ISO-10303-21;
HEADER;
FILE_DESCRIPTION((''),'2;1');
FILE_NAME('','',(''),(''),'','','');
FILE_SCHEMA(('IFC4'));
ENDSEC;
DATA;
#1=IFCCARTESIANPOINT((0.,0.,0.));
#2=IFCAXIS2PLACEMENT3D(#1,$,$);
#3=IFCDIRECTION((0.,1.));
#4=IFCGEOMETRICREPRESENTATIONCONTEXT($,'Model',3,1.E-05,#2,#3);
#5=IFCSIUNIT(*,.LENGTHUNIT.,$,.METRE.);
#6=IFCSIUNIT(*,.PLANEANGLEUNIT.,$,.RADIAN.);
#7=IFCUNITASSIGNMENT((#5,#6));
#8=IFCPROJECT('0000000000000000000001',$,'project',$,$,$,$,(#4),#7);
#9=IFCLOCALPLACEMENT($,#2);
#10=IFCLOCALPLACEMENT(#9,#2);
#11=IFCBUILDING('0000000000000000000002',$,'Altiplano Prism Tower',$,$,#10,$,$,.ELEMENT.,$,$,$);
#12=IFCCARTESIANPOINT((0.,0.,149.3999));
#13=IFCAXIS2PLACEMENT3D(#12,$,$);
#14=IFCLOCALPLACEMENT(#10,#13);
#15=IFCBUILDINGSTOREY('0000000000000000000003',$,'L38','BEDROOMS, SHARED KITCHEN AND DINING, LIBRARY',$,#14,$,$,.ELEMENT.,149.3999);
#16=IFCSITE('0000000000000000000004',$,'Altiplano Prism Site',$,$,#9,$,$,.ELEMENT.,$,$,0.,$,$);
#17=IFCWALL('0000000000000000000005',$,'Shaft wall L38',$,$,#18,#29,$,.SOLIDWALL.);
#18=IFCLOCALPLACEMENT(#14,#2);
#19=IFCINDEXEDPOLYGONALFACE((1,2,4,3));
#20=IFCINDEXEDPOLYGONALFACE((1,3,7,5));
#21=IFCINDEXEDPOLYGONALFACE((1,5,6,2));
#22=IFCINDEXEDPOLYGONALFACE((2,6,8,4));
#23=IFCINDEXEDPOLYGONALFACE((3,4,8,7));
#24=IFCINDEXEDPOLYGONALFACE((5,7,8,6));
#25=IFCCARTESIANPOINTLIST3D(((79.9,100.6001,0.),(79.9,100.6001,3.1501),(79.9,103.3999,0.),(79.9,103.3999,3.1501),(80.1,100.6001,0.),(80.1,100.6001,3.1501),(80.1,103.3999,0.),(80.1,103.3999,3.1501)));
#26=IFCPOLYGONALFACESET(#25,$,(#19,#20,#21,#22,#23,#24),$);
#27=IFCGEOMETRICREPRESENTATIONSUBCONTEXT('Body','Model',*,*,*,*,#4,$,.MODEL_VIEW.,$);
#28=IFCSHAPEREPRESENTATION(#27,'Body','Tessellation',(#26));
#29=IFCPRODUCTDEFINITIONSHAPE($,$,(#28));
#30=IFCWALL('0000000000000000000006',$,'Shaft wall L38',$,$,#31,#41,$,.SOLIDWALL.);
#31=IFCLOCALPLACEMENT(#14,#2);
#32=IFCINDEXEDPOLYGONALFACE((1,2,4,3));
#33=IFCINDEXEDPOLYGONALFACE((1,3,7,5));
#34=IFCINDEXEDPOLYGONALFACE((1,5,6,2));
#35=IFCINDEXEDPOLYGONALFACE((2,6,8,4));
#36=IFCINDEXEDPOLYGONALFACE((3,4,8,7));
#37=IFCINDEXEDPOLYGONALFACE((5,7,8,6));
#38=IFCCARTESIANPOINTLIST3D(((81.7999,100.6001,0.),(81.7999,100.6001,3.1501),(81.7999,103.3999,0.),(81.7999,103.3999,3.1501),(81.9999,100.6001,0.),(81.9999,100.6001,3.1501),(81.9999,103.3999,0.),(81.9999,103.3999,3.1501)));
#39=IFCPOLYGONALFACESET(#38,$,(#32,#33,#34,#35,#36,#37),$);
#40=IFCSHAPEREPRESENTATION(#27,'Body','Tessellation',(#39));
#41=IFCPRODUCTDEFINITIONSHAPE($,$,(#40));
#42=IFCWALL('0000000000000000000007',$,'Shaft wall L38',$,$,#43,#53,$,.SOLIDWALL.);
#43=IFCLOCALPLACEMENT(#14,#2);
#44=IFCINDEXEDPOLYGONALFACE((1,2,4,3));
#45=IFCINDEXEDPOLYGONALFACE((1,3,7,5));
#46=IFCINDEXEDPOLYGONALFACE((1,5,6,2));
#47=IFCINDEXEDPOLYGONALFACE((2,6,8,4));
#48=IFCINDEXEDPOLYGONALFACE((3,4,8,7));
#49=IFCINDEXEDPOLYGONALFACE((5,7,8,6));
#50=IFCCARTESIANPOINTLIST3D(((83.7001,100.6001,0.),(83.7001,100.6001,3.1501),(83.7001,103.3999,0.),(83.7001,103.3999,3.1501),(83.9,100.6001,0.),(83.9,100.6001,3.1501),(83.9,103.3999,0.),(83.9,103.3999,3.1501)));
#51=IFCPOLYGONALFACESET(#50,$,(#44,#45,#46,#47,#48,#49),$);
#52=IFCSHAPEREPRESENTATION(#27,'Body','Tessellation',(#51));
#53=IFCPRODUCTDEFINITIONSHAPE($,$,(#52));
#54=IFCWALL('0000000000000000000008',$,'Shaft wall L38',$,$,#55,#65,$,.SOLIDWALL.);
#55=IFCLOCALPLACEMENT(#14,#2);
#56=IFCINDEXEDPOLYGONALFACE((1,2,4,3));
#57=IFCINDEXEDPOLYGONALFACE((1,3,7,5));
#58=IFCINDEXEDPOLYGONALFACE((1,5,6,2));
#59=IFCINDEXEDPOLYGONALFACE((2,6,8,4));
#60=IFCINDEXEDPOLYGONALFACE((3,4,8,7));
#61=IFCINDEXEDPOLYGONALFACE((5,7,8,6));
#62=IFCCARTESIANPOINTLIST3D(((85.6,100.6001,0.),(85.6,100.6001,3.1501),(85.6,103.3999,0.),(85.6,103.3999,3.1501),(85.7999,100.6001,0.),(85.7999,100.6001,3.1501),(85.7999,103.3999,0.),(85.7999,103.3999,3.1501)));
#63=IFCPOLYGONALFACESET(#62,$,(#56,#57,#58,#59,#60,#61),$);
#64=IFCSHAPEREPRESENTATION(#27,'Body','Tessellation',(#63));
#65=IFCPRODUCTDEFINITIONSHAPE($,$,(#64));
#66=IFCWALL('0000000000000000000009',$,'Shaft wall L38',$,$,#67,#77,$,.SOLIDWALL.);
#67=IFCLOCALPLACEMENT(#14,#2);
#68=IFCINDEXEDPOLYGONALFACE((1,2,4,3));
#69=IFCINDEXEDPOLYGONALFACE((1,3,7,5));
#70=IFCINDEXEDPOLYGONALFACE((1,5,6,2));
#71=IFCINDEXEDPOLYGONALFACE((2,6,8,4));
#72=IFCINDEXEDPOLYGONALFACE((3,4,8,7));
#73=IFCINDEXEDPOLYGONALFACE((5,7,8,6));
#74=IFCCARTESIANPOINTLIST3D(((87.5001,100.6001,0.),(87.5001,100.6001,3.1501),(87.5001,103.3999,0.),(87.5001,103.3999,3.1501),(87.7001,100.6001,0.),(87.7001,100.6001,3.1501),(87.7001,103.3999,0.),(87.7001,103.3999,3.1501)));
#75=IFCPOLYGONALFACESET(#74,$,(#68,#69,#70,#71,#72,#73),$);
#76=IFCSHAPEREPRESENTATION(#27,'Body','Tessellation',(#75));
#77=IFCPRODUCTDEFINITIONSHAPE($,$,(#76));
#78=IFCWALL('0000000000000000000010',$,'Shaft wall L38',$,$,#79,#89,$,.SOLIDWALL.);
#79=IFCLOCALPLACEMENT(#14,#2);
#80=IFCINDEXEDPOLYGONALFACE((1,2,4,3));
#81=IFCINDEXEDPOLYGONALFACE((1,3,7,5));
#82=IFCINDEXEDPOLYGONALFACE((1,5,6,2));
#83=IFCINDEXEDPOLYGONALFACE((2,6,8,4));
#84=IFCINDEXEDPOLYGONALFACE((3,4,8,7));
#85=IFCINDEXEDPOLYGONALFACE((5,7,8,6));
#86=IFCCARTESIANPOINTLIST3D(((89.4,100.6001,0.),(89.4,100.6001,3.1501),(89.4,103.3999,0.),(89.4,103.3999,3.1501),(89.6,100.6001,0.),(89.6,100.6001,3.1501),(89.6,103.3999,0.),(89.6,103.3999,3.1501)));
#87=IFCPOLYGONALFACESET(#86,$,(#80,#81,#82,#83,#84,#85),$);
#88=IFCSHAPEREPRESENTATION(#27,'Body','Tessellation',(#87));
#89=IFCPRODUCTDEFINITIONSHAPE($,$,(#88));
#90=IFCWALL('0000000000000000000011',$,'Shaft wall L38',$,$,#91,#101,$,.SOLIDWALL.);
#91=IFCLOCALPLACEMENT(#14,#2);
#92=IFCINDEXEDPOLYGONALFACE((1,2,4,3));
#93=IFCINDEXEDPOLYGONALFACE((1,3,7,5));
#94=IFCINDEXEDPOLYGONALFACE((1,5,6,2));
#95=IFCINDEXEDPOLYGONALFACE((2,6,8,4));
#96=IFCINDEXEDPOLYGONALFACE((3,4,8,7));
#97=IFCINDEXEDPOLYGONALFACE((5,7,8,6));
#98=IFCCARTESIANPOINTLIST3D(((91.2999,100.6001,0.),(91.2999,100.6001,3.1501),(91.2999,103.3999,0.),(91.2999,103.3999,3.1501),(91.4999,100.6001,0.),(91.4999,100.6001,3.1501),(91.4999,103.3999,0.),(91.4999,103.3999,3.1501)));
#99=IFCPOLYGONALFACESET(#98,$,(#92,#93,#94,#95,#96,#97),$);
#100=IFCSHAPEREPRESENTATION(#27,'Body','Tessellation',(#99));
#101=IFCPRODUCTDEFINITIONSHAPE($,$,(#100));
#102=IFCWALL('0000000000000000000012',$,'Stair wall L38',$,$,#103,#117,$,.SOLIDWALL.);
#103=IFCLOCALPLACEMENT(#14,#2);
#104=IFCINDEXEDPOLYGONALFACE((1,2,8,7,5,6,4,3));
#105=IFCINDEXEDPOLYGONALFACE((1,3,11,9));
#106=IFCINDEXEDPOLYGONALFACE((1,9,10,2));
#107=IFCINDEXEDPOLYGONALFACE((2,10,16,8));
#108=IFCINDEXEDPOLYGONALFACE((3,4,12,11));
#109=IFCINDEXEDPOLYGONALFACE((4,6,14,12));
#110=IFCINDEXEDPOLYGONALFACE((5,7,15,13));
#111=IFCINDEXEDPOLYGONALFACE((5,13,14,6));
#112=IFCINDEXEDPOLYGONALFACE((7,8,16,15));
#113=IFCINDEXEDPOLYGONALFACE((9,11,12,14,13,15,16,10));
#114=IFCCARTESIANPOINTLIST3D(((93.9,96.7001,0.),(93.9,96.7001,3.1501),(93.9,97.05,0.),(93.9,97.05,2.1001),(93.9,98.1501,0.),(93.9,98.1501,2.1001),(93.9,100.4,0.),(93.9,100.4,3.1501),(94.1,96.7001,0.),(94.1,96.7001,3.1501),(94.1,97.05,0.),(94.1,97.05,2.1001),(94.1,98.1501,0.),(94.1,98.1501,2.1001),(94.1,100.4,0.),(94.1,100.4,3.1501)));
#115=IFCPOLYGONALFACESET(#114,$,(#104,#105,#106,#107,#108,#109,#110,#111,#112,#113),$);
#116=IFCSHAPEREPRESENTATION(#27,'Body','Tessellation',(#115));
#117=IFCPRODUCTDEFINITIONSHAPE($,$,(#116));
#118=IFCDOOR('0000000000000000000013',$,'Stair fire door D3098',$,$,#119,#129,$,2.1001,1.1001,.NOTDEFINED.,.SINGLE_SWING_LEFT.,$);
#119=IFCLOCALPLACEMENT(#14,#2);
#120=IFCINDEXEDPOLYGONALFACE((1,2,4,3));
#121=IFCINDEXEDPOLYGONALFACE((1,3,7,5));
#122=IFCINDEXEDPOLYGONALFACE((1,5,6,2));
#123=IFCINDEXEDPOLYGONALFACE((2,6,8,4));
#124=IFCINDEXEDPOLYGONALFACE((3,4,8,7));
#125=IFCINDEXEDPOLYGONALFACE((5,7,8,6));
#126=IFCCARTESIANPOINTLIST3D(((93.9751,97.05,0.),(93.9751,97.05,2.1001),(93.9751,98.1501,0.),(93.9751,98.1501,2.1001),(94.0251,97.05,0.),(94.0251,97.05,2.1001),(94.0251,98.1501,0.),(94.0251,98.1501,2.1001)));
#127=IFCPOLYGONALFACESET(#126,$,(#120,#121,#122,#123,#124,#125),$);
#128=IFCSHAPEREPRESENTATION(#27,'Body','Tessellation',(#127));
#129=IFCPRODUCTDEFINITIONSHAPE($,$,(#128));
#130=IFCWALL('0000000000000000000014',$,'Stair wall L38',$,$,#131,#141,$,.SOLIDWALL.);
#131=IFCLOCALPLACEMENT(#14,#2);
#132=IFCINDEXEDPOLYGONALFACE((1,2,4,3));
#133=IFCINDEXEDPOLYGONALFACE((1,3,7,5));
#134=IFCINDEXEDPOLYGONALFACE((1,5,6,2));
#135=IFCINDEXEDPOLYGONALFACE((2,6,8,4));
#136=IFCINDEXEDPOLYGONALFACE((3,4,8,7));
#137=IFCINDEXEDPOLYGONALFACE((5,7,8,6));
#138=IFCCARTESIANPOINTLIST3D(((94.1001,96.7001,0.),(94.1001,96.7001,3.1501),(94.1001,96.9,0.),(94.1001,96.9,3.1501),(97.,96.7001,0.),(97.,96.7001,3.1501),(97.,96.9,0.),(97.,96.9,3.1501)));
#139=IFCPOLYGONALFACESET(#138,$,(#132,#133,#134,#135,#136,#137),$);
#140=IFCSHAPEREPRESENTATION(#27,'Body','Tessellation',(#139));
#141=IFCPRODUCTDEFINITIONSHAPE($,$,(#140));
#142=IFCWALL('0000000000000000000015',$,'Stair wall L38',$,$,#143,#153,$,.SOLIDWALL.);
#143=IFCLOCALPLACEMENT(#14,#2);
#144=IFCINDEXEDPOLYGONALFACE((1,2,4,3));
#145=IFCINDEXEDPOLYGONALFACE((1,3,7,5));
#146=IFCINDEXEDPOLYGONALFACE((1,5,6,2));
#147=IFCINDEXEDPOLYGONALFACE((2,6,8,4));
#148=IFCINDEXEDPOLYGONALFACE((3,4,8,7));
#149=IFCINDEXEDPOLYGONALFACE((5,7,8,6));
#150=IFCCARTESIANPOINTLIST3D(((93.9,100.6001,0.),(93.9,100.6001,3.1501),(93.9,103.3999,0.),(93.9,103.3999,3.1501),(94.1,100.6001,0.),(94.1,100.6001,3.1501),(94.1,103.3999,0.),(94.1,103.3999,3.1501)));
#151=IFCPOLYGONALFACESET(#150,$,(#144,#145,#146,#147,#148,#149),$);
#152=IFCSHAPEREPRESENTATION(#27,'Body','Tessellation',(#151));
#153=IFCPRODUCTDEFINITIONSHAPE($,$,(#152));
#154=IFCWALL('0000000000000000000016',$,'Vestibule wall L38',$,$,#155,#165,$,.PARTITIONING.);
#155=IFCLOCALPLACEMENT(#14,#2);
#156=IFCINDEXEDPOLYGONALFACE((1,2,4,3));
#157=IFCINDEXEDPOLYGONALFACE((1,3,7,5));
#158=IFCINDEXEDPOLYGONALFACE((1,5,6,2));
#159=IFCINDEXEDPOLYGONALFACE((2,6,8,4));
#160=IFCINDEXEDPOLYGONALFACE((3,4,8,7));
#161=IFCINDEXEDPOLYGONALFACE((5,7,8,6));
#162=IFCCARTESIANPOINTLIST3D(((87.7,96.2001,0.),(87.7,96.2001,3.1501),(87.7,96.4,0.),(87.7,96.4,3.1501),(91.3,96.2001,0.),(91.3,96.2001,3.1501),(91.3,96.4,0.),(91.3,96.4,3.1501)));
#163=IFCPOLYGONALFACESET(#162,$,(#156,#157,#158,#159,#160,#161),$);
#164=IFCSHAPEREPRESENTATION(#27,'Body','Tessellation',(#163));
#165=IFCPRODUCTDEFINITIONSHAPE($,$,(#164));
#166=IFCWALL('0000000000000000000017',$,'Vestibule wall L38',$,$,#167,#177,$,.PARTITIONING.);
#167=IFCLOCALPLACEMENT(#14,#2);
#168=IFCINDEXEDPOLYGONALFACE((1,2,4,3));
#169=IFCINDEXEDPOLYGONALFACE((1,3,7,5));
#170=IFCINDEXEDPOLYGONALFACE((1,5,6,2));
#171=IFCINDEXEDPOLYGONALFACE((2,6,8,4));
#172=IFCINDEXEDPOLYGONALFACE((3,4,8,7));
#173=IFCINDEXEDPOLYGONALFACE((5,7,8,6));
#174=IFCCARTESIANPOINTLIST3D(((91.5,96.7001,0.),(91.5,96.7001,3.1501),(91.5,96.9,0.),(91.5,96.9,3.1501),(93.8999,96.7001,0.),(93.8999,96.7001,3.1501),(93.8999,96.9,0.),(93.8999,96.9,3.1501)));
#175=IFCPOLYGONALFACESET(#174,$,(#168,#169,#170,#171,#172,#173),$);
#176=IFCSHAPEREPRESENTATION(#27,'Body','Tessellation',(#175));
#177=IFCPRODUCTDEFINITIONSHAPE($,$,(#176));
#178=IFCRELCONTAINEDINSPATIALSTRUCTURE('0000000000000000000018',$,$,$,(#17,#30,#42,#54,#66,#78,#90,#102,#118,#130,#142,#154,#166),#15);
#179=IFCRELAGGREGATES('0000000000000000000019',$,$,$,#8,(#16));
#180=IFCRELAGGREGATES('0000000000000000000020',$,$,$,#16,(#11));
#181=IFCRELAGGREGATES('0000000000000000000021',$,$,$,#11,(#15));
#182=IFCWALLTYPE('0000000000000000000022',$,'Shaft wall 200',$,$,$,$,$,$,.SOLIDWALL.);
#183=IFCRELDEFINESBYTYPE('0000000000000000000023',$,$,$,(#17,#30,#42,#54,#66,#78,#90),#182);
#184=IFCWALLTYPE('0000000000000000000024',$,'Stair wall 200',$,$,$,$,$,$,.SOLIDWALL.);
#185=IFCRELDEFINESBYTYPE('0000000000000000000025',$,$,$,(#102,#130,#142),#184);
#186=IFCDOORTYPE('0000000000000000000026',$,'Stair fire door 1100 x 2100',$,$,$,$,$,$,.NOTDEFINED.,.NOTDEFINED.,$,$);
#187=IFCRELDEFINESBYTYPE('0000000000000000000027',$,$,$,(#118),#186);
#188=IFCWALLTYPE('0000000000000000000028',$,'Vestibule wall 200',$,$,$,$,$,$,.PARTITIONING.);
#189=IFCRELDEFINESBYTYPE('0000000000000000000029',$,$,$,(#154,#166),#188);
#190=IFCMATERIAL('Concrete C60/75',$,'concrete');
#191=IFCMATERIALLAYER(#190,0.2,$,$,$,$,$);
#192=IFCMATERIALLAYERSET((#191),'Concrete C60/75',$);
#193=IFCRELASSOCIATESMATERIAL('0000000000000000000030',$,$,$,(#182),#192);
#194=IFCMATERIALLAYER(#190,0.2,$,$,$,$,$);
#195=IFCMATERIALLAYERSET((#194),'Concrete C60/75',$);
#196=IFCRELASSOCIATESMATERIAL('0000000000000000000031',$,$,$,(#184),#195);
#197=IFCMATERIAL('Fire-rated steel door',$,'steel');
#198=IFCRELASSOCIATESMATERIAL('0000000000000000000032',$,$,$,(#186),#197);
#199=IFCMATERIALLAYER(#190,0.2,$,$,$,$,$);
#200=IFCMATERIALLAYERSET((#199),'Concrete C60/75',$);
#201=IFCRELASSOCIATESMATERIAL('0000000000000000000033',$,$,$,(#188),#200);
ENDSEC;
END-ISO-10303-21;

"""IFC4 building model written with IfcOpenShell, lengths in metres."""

from ifc_helpers import new_model, si_unit, direction, frame, frame_2d, origin, place, context, subcontext, project, spatial, rectangle, extrude, material, layer, layer_set, type_object, element, fill, save


model = new_model("IFC4")

# Units and contexts
model_context = context("Model", 3, precision=1e-05, world=origin(), true_north=direction((0.0, 1.0)))
body_context = subcontext(model_context, "Body", "Model", "MODEL_VIEW")
ifc_project = project(units=[si_unit("LENGTHUNIT", "METRE"), si_unit("PLANEANGLEUNIT", "RADIAN")], contexts=[model_context])

# Site, building, storey
site_placement = place(None, origin())
site = spatial("IfcSite", under=ifc_project, at=site_placement, Name="Altiplano Prism Site", CompositionType="ELEMENT", RefElevation=0.0)
building_placement = place(site_placement, origin())
building = spatial("IfcBuilding", under=site, at=building_placement, Name="Altiplano Prism Tower", CompositionType="ELEMENT")
storey_placement = place(building_placement, frame((0.0, 0.0, 149.3999)))
storey = spatial("IfcBuildingStorey", under=building, at=storey_placement, Name="L38", Description="BEDROOMS, SHARED KITCHEN AND DINING, LIBRARY", CompositionType="ELEMENT", Elevation=149.3999)

# Walls
ifc_material_1 = material(Name="Concrete C60/75", Category="concrete")
ifc_layer_1 = layer(ifc_material_1, 0.2)
ifc_layer_set_1 = layer_set([ifc_layer_1], Name="Concrete C60/75")
wall_type_1 = type_object("IfcWallType", Name="Shaft wall 200", PredefinedType="SOLIDWALL", material=ifc_layer_set_1)
for number, where, z_axis, x_axis, name in (
    (1, (80.0, 100.6001, 0.0), (0.0, 0.0, 1.0), (0.0, 1.0, 0.0), "Shaft wall L38"),
    (2, (81.8999, 100.6001, 0.0), (0.0, 0.0, 1.0), (0.0, 1.0, 0.0), "Shaft wall L38"),
    (3, (83.8, 100.6001, 0.0), (0.0, 0.0, 1.0), (0.0, 1.0, 0.0), "Shaft wall L38"),
    (4, (85.7, 100.6001, 0.0), (0.0, 0.0, 1.0), (0.0, 1.0, 0.0), "Shaft wall L38"),
    (5, (87.6001, 100.6001, 0.0), (0.0, 0.0, 1.0), (0.0, 1.0, 0.0), "Shaft wall L38"),
    (6, (89.5, 100.6001, 0.0), (0.0, 0.0, 1.0), (0.0, 1.0, 0.0), "Shaft wall L38"),
    (7, (91.3999, 100.6001, 0.0), (0.0, 0.0, 1.0), (0.0, 1.0, 0.0), "Shaft wall L38"),
):
    element("IfcWall", number, at=place(storey_placement, frame(where, z_axis=z_axis, x_axis=x_axis)), inside=storey, type_object=wall_type_1, Name=name, PredefinedType="SOLIDWALL", context=body_context, shape_type="SweptSolid", body=[
        extrude(rectangle(XDim=2.7998, YDim=0.2, at=frame_2d((1.3999, 0.0))), origin(), (0.0, 0.0, 1.0), 3.1501),
    ])

# Wall, opening, door
ifc_layer_2 = layer(ifc_material_1, 0.2)
ifc_layer_set_2 = layer_set([ifc_layer_2], Name="Concrete C60/75")
wall_type_2 = type_object("IfcWallType", Name="Stair wall 200", PredefinedType="SOLIDWALL", material=ifc_layer_set_2)
wall_1_placement = place(storey_placement, frame((94.0, 96.7, 0.0), z_axis=(0.0, 0.0, 1.0), x_axis=(0.0, 1.0, 0.0)))
wall_1 = element("IfcWall", 8, at=wall_1_placement, inside=storey, type_object=wall_type_2, Name="Stair wall L38", PredefinedType="SOLIDWALL", context=body_context, shape_type="SweptSolid", body=[
    extrude(rectangle(XDim=3.7, YDim=0.2, at=frame_2d((1.8501, 0.0))), origin(), (0.0, 0.0, 1.0), 3.1501),
])
opening_placement = place(wall_1_placement, frame((0.3501, 0.0, 0.0)))
opening = element("IfcOpeningElement", 9, at=opening_placement, cuts=wall_1, PredefinedType="OPENING", context=body_context, shape_type="SweptSolid", body=[
    extrude(rectangle(XDim=1.1001, YDim=2.1001, at=frame_2d((0.55, 1.05))), frame((0.0, 0.1104, 0.0), z_axis=(0.0, -1.0, 0.0), x_axis=(1.0, 0.0, 0.0)), (0.0, 0.0, 1.0), 0.2209),
])
ifc_material_2 = material(Name="Fire-rated steel door", Category="steel")
door_type = type_object("IfcDoorType", Name="Stair fire door 1100 x 2100", OperationType="NOTDEFINED", PredefinedType="NOTDEFINED", material=ifc_material_2)
door_placement = place(opening_placement, origin())
door = element("IfcDoor", 10, at=door_placement, inside=storey, type_object=door_type, Name="Stair fire door D3098", OperationType="SINGLE_SWING_LEFT", OverallHeight=2.1001, OverallWidth=1.1001, PredefinedType="NOTDEFINED", context=body_context, shape_type="SweptSolid", body=[
    extrude(rectangle(XDim=1.1001, YDim=2.1001, at=frame_2d((0.55, 1.05))), frame((0.0, 0.0249, 0.0), z_axis=(0.0, -1.0, 0.0), x_axis=(1.0, 0.0, 0.0)), (0.0, 0.0, 1.0), 0.05),
])
fill(opening, door)

# Walls
wall_2_placement = place(storey_placement, frame((94.1001, 96.8, 0.0), z_axis=(0.0, 0.0, 1.0), x_axis=(1.0, 0.0, 0.0)))
element("IfcWall", 11, at=wall_2_placement, inside=storey, type_object=wall_type_2, Name="Stair wall L38", PredefinedType="SOLIDWALL", context=body_context, shape_type="SweptSolid", body=[
    extrude(rectangle(XDim=2.8999, YDim=0.2, at=frame_2d((1.45, 0.0))), origin(), (0.0, 0.0, 1.0), 3.1501),
])
wall_3_placement = place(storey_placement, frame((94.0, 100.6001, 0.0), z_axis=(0.0, 0.0, 1.0), x_axis=(0.0, 1.0, 0.0)))
element("IfcWall", 12, at=wall_3_placement, inside=storey, type_object=wall_type_2, Name="Stair wall L38", PredefinedType="SOLIDWALL", context=body_context, shape_type="SweptSolid", body=[
    extrude(rectangle(XDim=2.7998, YDim=0.2, at=frame_2d((1.3999, 0.0))), origin(), (0.0, 0.0, 1.0), 3.1501),
])
ifc_layer_3 = layer(ifc_material_1, 0.2)
ifc_layer_set_3 = layer_set([ifc_layer_3], Name="Concrete C60/75")
wall_type_3 = type_object("IfcWallType", Name="Vestibule wall 200", PredefinedType="PARTITIONING", material=ifc_layer_set_3)
wall_4_placement = place(storey_placement, frame((87.7, 96.3, 0.0), z_axis=(0.0, 0.0, 1.0), x_axis=(1.0, 0.0, 0.0)))
element("IfcWall", 13, at=wall_4_placement, inside=storey, type_object=wall_type_3, Name="Vestibule wall L38", PredefinedType="PARTITIONING", context=body_context, shape_type="SweptSolid", body=[
    extrude(rectangle(XDim=3.6001, YDim=0.2, at=frame_2d((1.8, 0.0))), origin(), (0.0, 0.0, 1.0), 3.1501),
])
wall_5_placement = place(storey_placement, frame((91.5, 96.8, 0.0), z_axis=(0.0, 0.0, 1.0), x_axis=(1.0, 0.0, 0.0)))
element("IfcWall", 14, at=wall_5_placement, inside=storey, type_object=wall_type_3, Name="Vestibule wall L38", PredefinedType="PARTITIONING", context=body_context, shape_type="SweptSolid", body=[
    extrude(rectangle(XDim=2.3999, YDim=0.2, at=frame_2d((1.2, 0.0))), origin(), (0.0, 0.0, 1.0), 3.1501),
])

save(model, "model.ifc")
